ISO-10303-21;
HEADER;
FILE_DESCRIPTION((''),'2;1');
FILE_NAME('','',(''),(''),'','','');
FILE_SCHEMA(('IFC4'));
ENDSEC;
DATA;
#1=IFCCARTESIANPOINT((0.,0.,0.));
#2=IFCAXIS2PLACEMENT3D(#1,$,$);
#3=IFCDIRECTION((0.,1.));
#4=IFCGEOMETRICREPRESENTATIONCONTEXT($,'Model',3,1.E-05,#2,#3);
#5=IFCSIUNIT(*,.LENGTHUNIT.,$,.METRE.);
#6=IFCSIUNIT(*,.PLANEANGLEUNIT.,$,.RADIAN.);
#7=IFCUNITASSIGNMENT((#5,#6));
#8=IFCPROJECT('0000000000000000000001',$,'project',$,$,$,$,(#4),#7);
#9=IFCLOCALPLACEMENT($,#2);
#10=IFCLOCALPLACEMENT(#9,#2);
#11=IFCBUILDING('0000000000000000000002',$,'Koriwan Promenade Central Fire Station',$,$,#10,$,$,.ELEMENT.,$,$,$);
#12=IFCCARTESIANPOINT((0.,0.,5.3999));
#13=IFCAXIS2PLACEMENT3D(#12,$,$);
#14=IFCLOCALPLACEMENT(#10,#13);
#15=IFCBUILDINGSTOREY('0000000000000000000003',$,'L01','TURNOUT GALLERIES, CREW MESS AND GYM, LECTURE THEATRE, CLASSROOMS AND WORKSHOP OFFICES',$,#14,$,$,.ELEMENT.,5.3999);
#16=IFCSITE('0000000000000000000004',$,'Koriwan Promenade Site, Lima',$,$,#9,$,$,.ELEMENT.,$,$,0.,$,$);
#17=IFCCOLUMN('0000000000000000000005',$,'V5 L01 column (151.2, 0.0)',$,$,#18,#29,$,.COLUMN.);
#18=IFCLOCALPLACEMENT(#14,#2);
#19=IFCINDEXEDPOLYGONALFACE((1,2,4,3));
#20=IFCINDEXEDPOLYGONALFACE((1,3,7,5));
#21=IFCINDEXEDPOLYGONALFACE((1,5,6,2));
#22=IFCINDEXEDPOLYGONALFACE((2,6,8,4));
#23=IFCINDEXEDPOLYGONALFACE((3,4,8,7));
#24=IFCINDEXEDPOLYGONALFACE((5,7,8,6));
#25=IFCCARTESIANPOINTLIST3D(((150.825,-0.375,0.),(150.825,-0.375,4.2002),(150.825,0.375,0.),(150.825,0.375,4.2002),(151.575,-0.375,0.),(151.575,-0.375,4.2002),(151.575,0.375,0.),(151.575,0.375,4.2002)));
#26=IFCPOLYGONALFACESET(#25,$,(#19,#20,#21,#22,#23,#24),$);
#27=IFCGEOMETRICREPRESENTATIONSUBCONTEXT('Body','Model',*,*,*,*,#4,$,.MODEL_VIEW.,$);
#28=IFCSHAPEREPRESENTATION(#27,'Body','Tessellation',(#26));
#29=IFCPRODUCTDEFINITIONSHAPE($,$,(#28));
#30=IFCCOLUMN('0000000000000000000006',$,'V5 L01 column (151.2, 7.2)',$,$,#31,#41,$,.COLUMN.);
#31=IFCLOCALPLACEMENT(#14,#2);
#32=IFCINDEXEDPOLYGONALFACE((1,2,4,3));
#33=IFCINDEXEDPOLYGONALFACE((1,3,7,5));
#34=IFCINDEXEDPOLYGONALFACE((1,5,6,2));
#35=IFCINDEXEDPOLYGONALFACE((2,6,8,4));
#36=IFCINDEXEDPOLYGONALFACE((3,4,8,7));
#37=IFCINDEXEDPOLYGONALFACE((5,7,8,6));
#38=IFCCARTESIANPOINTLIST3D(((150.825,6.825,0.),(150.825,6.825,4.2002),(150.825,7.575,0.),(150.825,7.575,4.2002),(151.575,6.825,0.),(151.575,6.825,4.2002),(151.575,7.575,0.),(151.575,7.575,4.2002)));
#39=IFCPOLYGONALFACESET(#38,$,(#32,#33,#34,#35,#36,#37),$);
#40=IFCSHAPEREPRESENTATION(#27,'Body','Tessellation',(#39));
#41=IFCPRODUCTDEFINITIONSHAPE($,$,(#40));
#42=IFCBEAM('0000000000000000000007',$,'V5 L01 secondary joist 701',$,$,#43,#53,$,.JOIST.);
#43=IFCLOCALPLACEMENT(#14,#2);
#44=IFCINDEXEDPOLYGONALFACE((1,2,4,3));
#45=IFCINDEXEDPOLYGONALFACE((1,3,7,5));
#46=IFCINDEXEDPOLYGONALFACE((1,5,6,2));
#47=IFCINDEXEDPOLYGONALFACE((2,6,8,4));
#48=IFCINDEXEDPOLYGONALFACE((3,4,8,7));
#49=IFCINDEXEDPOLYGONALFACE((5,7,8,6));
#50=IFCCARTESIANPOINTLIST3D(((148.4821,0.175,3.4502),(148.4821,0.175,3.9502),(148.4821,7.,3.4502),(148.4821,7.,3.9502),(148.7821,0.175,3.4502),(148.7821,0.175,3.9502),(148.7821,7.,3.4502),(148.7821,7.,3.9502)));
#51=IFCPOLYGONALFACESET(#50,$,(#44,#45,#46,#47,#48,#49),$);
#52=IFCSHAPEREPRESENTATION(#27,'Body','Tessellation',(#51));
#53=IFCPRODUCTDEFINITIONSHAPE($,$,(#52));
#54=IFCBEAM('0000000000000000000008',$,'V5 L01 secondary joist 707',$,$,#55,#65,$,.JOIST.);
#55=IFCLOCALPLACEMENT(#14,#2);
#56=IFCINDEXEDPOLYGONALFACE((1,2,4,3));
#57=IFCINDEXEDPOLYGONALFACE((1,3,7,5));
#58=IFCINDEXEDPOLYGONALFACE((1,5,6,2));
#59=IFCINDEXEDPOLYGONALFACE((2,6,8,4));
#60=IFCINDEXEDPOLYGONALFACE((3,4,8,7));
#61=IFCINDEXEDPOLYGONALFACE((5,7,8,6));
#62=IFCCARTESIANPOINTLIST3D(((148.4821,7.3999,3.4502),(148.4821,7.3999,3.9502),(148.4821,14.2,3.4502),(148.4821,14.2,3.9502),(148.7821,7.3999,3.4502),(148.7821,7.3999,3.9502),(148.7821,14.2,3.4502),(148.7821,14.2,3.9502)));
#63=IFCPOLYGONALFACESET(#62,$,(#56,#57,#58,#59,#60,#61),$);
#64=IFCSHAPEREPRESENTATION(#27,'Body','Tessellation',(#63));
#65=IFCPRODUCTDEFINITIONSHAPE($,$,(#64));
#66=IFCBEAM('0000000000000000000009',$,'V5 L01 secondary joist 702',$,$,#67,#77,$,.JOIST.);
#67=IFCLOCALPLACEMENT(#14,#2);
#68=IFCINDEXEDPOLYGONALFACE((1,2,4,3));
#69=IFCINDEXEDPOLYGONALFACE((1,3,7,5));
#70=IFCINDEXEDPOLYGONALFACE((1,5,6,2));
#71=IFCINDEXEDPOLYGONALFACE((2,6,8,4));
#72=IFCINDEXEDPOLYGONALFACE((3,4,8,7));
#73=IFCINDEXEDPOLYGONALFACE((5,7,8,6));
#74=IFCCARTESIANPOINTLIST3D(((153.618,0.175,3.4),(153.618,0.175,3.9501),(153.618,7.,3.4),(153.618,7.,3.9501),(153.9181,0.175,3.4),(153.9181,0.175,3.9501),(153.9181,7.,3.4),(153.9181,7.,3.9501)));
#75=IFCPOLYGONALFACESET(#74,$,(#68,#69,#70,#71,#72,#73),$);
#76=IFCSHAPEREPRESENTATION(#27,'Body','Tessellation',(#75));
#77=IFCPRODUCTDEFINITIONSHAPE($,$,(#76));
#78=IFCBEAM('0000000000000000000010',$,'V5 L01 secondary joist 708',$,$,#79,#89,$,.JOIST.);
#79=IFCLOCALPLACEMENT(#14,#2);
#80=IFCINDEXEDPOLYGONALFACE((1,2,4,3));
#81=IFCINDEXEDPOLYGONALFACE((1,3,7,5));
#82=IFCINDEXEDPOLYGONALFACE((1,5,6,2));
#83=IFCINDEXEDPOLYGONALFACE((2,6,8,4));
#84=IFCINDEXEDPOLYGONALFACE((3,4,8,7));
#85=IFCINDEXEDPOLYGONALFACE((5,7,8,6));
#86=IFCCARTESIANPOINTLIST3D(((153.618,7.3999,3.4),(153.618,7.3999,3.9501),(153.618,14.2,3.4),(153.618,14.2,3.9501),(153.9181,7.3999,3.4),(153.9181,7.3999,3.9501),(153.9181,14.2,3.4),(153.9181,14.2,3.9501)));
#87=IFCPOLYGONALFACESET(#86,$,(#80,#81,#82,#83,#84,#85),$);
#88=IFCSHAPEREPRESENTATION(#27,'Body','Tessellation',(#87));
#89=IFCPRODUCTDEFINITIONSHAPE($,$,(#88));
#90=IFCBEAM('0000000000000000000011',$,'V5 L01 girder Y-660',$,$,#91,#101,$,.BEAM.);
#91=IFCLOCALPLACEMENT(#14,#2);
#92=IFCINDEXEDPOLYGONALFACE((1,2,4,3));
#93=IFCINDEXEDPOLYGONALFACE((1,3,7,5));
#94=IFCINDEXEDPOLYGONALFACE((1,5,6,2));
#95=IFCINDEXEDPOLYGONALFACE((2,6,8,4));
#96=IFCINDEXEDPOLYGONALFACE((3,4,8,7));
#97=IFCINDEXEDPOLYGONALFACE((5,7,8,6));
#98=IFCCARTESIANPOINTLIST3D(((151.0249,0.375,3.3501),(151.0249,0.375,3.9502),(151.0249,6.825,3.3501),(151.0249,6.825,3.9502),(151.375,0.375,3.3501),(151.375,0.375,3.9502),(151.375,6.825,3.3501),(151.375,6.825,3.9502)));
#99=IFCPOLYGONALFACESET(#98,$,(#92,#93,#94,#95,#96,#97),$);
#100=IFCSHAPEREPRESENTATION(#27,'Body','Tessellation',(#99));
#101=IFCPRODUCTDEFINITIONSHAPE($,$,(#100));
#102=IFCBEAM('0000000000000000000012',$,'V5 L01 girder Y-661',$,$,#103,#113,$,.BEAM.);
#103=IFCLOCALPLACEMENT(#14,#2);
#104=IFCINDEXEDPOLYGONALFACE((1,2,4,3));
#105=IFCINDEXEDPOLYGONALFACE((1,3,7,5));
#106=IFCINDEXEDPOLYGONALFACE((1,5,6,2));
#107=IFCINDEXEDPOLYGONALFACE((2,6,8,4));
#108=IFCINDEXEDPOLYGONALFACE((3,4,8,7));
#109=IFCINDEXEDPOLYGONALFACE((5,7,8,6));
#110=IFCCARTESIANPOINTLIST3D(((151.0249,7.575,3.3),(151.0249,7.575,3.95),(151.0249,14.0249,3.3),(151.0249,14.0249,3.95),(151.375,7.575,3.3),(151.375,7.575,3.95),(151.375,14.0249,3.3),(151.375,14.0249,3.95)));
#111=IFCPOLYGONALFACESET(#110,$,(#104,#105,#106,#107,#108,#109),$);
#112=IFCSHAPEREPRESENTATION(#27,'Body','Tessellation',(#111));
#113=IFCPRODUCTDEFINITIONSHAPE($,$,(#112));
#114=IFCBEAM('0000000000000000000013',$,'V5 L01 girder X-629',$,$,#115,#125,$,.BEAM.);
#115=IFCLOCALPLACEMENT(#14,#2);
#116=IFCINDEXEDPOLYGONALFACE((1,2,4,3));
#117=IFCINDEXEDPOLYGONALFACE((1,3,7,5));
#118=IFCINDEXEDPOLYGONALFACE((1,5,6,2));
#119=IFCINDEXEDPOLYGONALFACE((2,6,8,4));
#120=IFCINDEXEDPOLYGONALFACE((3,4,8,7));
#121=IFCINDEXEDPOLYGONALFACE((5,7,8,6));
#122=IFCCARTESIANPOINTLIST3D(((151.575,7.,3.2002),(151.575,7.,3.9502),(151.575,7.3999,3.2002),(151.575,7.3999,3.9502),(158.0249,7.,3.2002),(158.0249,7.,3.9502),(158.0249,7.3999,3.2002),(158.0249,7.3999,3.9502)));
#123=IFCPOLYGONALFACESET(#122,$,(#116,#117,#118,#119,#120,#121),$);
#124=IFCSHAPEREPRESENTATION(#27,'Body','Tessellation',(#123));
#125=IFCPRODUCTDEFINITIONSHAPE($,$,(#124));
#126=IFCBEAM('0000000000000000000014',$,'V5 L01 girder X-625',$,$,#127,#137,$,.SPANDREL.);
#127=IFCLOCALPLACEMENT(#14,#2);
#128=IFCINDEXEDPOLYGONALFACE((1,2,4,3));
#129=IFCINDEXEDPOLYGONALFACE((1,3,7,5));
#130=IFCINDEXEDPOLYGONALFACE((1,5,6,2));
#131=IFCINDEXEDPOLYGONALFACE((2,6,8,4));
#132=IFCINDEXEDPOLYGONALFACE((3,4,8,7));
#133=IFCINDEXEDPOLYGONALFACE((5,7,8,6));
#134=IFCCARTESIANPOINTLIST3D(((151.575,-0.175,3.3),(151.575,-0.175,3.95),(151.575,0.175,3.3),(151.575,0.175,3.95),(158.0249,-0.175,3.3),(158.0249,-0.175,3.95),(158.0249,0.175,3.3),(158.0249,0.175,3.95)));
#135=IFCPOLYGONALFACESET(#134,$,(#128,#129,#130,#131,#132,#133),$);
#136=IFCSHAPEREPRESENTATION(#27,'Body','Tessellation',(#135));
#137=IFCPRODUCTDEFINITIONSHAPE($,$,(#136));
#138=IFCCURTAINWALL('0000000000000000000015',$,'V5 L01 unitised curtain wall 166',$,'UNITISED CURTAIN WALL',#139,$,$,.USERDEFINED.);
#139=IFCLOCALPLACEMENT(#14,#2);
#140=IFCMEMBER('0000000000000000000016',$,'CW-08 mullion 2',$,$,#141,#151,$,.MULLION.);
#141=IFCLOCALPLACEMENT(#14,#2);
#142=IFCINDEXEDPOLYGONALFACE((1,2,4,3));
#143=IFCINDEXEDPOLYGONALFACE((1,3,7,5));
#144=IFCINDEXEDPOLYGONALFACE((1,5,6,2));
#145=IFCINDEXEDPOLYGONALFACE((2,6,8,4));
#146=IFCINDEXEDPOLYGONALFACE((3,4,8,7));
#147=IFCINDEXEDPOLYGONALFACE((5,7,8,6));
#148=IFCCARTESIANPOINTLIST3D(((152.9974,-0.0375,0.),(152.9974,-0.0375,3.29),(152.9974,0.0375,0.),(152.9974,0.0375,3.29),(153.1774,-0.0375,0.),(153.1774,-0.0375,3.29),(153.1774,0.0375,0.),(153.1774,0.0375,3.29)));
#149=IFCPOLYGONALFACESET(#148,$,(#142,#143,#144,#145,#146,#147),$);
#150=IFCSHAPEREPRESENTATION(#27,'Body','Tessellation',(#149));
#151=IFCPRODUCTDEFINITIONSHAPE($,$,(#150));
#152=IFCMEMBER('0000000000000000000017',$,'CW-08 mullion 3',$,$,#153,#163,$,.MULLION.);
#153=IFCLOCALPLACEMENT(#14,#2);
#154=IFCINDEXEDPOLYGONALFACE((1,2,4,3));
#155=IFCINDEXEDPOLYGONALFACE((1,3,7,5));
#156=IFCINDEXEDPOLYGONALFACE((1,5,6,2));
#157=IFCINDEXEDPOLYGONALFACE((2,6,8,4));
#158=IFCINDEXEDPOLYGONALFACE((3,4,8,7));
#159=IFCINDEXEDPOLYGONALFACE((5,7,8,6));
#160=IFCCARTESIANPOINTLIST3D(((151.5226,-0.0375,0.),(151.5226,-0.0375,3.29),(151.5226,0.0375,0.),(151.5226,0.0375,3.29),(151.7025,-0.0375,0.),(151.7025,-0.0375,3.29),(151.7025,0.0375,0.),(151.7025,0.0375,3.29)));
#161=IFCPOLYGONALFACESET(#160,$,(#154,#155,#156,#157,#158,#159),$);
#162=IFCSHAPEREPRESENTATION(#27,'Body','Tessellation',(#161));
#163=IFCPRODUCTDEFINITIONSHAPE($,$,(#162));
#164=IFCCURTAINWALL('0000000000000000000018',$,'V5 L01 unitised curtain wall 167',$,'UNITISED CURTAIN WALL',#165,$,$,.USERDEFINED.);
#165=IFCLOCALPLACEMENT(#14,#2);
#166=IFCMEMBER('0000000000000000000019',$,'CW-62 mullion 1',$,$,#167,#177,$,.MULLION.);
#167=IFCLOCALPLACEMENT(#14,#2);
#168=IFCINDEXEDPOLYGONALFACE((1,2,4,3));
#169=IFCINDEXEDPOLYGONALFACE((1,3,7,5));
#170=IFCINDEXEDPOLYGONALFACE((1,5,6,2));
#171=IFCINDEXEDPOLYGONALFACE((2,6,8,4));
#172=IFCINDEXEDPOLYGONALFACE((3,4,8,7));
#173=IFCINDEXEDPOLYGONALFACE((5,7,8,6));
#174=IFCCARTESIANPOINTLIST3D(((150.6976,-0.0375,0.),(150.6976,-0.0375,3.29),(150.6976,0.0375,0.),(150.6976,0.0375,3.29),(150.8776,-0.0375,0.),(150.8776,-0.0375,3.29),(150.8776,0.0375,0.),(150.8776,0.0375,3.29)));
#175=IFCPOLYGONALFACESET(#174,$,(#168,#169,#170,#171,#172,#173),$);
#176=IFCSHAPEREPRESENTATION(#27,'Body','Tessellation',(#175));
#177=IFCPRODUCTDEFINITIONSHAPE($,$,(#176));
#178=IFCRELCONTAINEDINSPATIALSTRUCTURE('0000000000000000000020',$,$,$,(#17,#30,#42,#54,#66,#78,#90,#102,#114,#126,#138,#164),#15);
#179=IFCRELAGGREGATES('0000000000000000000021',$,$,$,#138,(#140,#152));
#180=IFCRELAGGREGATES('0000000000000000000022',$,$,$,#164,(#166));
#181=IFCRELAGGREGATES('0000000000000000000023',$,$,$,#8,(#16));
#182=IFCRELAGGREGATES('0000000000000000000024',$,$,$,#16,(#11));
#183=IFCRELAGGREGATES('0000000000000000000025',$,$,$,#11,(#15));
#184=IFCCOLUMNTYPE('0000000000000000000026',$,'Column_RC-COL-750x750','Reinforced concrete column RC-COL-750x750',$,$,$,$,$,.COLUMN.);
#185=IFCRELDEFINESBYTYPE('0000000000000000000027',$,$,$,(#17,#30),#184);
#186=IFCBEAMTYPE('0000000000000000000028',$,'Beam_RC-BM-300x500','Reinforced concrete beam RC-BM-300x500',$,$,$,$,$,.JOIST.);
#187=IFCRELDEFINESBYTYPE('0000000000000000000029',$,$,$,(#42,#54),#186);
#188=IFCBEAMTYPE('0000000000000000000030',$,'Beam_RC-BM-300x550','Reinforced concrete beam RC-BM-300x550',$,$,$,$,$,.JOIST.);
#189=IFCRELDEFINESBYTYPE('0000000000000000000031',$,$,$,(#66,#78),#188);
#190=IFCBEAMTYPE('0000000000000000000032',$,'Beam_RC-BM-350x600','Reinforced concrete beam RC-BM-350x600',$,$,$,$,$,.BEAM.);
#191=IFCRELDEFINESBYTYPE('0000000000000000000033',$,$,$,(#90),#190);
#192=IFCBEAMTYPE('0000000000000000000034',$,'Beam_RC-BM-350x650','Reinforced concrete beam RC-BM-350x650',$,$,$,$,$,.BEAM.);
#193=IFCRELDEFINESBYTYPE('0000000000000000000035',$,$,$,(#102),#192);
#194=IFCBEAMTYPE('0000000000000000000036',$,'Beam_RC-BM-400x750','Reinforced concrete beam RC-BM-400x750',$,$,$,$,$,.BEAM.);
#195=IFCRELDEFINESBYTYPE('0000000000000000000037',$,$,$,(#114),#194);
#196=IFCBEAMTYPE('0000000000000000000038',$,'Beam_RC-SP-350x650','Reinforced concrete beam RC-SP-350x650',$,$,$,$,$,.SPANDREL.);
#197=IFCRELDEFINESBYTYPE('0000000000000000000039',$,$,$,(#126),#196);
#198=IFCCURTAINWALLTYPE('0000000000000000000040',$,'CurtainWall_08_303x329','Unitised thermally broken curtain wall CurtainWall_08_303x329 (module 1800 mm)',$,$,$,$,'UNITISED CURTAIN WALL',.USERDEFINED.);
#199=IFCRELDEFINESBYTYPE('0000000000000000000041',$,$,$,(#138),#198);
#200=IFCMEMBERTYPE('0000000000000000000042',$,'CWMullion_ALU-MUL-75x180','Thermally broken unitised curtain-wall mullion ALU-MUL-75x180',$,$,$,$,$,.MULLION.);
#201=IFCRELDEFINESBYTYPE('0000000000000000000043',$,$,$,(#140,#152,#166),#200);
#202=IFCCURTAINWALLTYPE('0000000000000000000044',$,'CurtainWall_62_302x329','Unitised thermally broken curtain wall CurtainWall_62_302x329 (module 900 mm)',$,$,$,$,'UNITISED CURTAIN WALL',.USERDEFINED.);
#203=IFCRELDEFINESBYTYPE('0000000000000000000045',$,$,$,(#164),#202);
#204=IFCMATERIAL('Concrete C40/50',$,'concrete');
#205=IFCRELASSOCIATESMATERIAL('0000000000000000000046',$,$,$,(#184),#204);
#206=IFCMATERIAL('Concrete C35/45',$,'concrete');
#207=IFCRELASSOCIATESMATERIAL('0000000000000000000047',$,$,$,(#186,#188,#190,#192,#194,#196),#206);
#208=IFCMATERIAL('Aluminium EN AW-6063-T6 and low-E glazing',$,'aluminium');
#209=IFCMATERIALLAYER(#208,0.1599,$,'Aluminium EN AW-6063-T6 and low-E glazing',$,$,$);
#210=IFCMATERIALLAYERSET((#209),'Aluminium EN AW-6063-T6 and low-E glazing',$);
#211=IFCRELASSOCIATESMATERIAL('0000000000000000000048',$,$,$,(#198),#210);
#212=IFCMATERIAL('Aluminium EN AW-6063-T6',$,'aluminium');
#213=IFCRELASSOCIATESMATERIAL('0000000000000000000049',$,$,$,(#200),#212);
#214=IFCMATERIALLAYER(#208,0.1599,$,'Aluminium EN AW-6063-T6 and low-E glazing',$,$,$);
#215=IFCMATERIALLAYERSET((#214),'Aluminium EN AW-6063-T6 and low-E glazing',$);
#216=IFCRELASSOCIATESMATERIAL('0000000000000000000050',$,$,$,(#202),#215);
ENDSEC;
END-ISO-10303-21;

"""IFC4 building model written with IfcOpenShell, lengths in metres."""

from ifc_helpers import new_model, si_unit, direction, frame, origin, origin_2d, place, context, subcontext, project, spatial, rectangle, extrude, material, layer, layer_set, material_profile, profile_set, type_object, element, aggregate, save


model = new_model("IFC4")

# Units and contexts
model_context = context("Model", 3, precision=1e-05, world=origin(), true_north=direction((0.0, 1.0)))
body_context = subcontext(model_context, "Body", "Model", "MODEL_VIEW")
ifc_project = project(units=[si_unit("LENGTHUNIT", "METRE"), si_unit("PLANEANGLEUNIT", "RADIAN")], contexts=[model_context])

# Site, building, storey
site_placement = place(None, origin())
site = spatial("IfcSite", under=ifc_project, at=site_placement, Name="Koriwan Promenade Site, Lima", CompositionType="ELEMENT", RefElevation=0.0)
building_placement = place(site_placement, origin())
building = spatial("IfcBuilding", under=site, at=building_placement, Name="Koriwan Promenade Central Fire Station", CompositionType="ELEMENT")
storey_placement = place(building_placement, frame((0.0, 0.0, 5.3999)))
storey = spatial("IfcBuildingStorey", under=building, at=storey_placement, Name="L01", Description="TURNOUT GALLERIES, CREW MESS AND GYM, LECTURE THEATRE, CLASSROOMS AND WORKSHOP OFFICES", CompositionType="ELEMENT", Elevation=5.3999)

# Columns
ifc_material_1 = material(Name="Concrete C40/50", Category="concrete")
ifc_material_profile_1 = material_profile(ifc_material_1, rectangle(XDim=0.75, YDim=0.75, at=origin_2d()), Name="RC-COL-750x750")
ifc_profile_set_1 = profile_set([ifc_material_profile_1], Name="Concrete C40/50")
column_type = type_object("IfcColumnType", Name="Column_RC-COL-750x750", Description="Reinforced concrete column RC-COL-750x750", PredefinedType="COLUMN", material=ifc_profile_set_1)
for number, where, z_axis, x_axis, name in (
    (1, (151.2, 0.0, 0.0), (0.0, 0.0, 1.0), (1.0, 0.0, 0.0), "V5 L01 column (151.2, 0.0)"),
    (2, (151.2, 7.2, 0.0), (0.0, 0.0, 1.0), (1.0, 0.0, 0.0), "V5 L01 column (151.2, 7.2)"),
):
    element("IfcColumn", number, at=place(storey_placement, frame(where, z_axis=z_axis, x_axis=x_axis)), inside=storey, type_object=column_type, Name=name, PredefinedType="COLUMN", context=body_context, shape_type="SweptSolid", body=[
        extrude(rectangle(XDim=0.75, YDim=0.75, at=origin_2d()), origin(), (0.0, 0.0, 1.0), 4.2002),
    ])

# Beams
ifc_material_2 = material(Name="Concrete C35/45", Category="concrete")
ifc_material_profile_2 = material_profile(ifc_material_2, rectangle(XDim=0.3, YDim=0.5, at=origin_2d()), Name="RC-BM-300x500")
ifc_profile_set_2 = profile_set([ifc_material_profile_2], Name="Concrete C35/45")
beam_type_1 = type_object("IfcBeamType", Name="Beam_RC-BM-300x500", Description="Reinforced concrete beam RC-BM-300x500", PredefinedType="JOIST", material=ifc_profile_set_2)
beam_1_placement = place(storey_placement, frame((148.6321, 0.175, 3.7002), z_axis=(0.0, 1.0, 0.0), x_axis=(-1.0, 0.0, 0.0)))
element("IfcBeam", 3, at=beam_1_placement, inside=storey, type_object=beam_type_1, Name="V5 L01 secondary joist 701", PredefinedType="JOIST", context=body_context, shape_type="SweptSolid", body=[
    extrude(rectangle(XDim=0.3, YDim=0.5, at=origin_2d()), origin(), (0.0, 0.0, 1.0), 6.825),
])
beam_2_placement = place(storey_placement, frame((148.6321, 7.3999, 3.7002), z_axis=(0.0, 1.0, 0.0), x_axis=(-1.0, 0.0, 0.0)))
element("IfcBeam", 4, at=beam_2_placement, inside=storey, type_object=beam_type_1, Name="V5 L01 secondary joist 707", PredefinedType="JOIST", context=body_context, shape_type="SweptSolid", body=[
    extrude(rectangle(XDim=0.3, YDim=0.5, at=origin_2d()), origin(), (0.0, 0.0, 1.0), 6.8),
])
ifc_material_profile_3 = material_profile(ifc_material_2, rectangle(XDim=0.3, YDim=0.55, at=origin_2d()), Name="RC-BM-300x550")
ifc_profile_set_3 = profile_set([ifc_material_profile_3], Name="Concrete C35/45")
beam_type_2 = type_object("IfcBeamType", Name="Beam_RC-BM-300x550", Description="Reinforced concrete beam RC-BM-300x550", PredefinedType="JOIST", material=ifc_profile_set_3)
beam_3_placement = place(storey_placement, frame((153.7681, 0.175, 3.675), z_axis=(0.0, 1.0, 0.0), x_axis=(-1.0, 0.0, 0.0)))
element("IfcBeam", 5, at=beam_3_placement, inside=storey, type_object=beam_type_2, Name="V5 L01 secondary joist 702", PredefinedType="JOIST", context=body_context, shape_type="SweptSolid", body=[
    extrude(rectangle(XDim=0.3, YDim=0.55, at=origin_2d()), origin(), (0.0, 0.0, 1.0), 6.825),
])
beam_4_placement = place(storey_placement, frame((153.7681, 7.3999, 3.675), z_axis=(0.0, 1.0, 0.0), x_axis=(-1.0, 0.0, 0.0)))
element("IfcBeam", 6, at=beam_4_placement, inside=storey, type_object=beam_type_2, Name="V5 L01 secondary joist 708", PredefinedType="JOIST", context=body_context, shape_type="SweptSolid", body=[
    extrude(rectangle(XDim=0.3, YDim=0.55, at=origin_2d()), origin(), (0.0, 0.0, 1.0), 6.8),
])
ifc_material_profile_4 = material_profile(ifc_material_2, rectangle(XDim=0.3501, YDim=0.6001, at=origin_2d()), Name="RC-BM-350x600")
ifc_profile_set_4 = profile_set([ifc_material_profile_4], Name="Concrete C35/45")
beam_type_3 = type_object("IfcBeamType", Name="Beam_RC-BM-350x600", Description="Reinforced concrete beam RC-BM-350x600", PredefinedType="BEAM", material=ifc_profile_set_4)
beam_5_placement = place(storey_placement, frame((151.2, 0.375, 3.6501), z_axis=(0.0, 1.0, 0.0), x_axis=(-1.0, 0.0, 0.0)))
element("IfcBeam", 7, at=beam_5_placement, inside=storey, type_object=beam_type_3, Name="V5 L01 girder Y-660", PredefinedType="BEAM", context=body_context, shape_type="SweptSolid", body=[
    extrude(rectangle(XDim=0.3501, YDim=0.6001, at=origin_2d()), origin(), (0.0, 0.0, 1.0), 6.45),
])
ifc_material_profile_5 = material_profile(ifc_material_2, rectangle(XDim=0.3501, YDim=0.6499, at=origin_2d()), Name="RC-BM-350x650")
ifc_profile_set_5 = profile_set([ifc_material_profile_5], Name="Concrete C35/45")
beam_type_4 = type_object("IfcBeamType", Name="Beam_RC-BM-350x650", Description="Reinforced concrete beam RC-BM-350x650", PredefinedType="BEAM", material=ifc_profile_set_5)
beam_6_placement = place(storey_placement, frame((151.2, 7.575, 3.625), z_axis=(0.0, 1.0, 0.0), x_axis=(-1.0, 0.0, 0.0)))
element("IfcBeam", 8, at=beam_6_placement, inside=storey, type_object=beam_type_4, Name="V5 L01 girder Y-661", PredefinedType="BEAM", context=body_context, shape_type="SweptSolid", body=[
    extrude(rectangle(XDim=0.3501, YDim=0.6499, at=origin_2d()), origin(), (0.0, 0.0, 1.0), 6.45),
])
ifc_material_profile_6 = material_profile(ifc_material_2, rectangle(XDim=0.3999, YDim=0.75, at=origin_2d()), Name="RC-BM-400x750")
ifc_profile_set_6 = profile_set([ifc_material_profile_6], Name="Concrete C35/45")
beam_type_5 = type_object("IfcBeamType", Name="Beam_RC-BM-400x750", Description="Reinforced concrete beam RC-BM-400x750", PredefinedType="BEAM", material=ifc_profile_set_6)
beam_7_placement = place(storey_placement, frame((151.575, 7.2, 3.5752), z_axis=(1.0, 0.0, 0.0), x_axis=(0.0, 1.0, 0.0)))
element("IfcBeam", 9, at=beam_7_placement, inside=storey, type_object=beam_type_5, Name="V5 L01 girder X-629", PredefinedType="BEAM", context=body_context, shape_type="SweptSolid", body=[
    extrude(rectangle(XDim=0.3999, YDim=0.75, at=origin_2d()), origin(), (0.0, 0.0, 1.0), 6.45),
])
ifc_material_profile_7 = material_profile(ifc_material_2, rectangle(XDim=0.3501, YDim=0.6499, at=origin_2d()), Name="RC-SP-350x650")
ifc_profile_set_7 = profile_set([ifc_material_profile_7], Name="Concrete C35/45")
beam_type_6 = type_object("IfcBeamType", Name="Beam_RC-SP-350x650", Description="Reinforced concrete beam RC-SP-350x650", PredefinedType="SPANDREL", material=ifc_profile_set_7)
beam_8_placement = place(storey_placement, frame((151.575, 0.0, 3.625), z_axis=(1.0, 0.0, 0.0), x_axis=(0.0, 1.0, 0.0)))
element("IfcBeam", 10, at=beam_8_placement, inside=storey, type_object=beam_type_6, Name="V5 L01 girder X-625", PredefinedType="SPANDREL", context=body_context, shape_type="SweptSolid", body=[
    extrude(rectangle(XDim=0.3501, YDim=0.6499, at=origin_2d()), origin(), (0.0, 0.0, 1.0), 6.45),
])

# Curtain wall, members
ifc_material_3 = material(Name="Aluminium EN AW-6063-T6 and low-E glazing", Category="aluminium")
ifc_layer_1 = layer(ifc_material_3, 0.1599, Name="Aluminium EN AW-6063-T6 and low-E glazing")
ifc_layer_set_1 = layer_set([ifc_layer_1], Name="Aluminium EN AW-6063-T6 and low-E glazing")
curtain_wall_type_1 = type_object("IfcCurtainWallType", Name="CurtainWall_08_303x329", Description="Unitised thermally broken curtain wall CurtainWall_08_303x329 (module 1800 mm)", ElementType="UNITISED CURTAIN WALL", PredefinedType="USERDEFINED", material=ifc_layer_set_1)
curtain_wall_1_placement = place(storey_placement, origin())
curtain_wall_1 = element("IfcCurtainWall", 11, at=curtain_wall_1_placement, inside=storey, type_object=curtain_wall_type_1, Name="V5 L01 unitised curtain wall 166", ObjectType="UNITISED CURTAIN WALL", PredefinedType="USERDEFINED")
ifc_material_4 = material(Name="Aluminium EN AW-6063-T6", Category="aluminium")
ifc_material_profile_8 = material_profile(ifc_material_4, rectangle(XDim=0.075, YDim=0.1799, at=origin_2d()), Name="ALU-MUL-75x180")
ifc_profile_set_8 = profile_set([ifc_material_profile_8], Name="Aluminium EN AW-6063-T6")
member_type_1 = type_object("IfcMemberType", Name="CWMullion_ALU-MUL-75x180", Description="Thermally broken unitised curtain-wall mullion ALU-MUL-75x180", PredefinedType="MULLION", material=ifc_profile_set_8)
member_1_placement = place(storey_placement, frame((153.0874, 0.0, 0.0), z_axis=(0.0, 0.0, 1.0), x_axis=(0.0, -1.0, 0.0)))
member_1 = element("IfcMember", 12, at=member_1_placement, type_object=member_type_1, Name="CW-08 mullion 2", PredefinedType="MULLION", context=body_context, shape_type="SweptSolid", body=[
    extrude(rectangle(XDim=0.075, YDim=0.1799, at=origin_2d()), origin(), (0.0, 0.0, 1.0), 3.29),
])
member_2_placement = place(storey_placement, frame((151.6125, 0.0, 0.0), z_axis=(0.0, 0.0, 1.0), x_axis=(0.0, -1.0, 0.0)))
member_2 = element("IfcMember", 13, at=member_2_placement, type_object=member_type_1, Name="CW-08 mullion 3", PredefinedType="MULLION", context=body_context, shape_type="SweptSolid", body=[
    extrude(rectangle(XDim=0.075, YDim=0.1799, at=origin_2d()), origin(), (0.0, 0.0, 1.0), 3.29),
])

# Curtain wall, member
ifc_layer_2 = layer(ifc_material_3, 0.1599, Name="Aluminium EN AW-6063-T6 and low-E glazing")
ifc_layer_set_2 = layer_set([ifc_layer_2], Name="Aluminium EN AW-6063-T6 and low-E glazing")
curtain_wall_type_2 = type_object("IfcCurtainWallType", Name="CurtainWall_62_302x329", Description="Unitised thermally broken curtain wall CurtainWall_62_302x329 (module 900 mm)", ElementType="UNITISED CURTAIN WALL", PredefinedType="USERDEFINED", material=ifc_layer_set_2)
curtain_wall_2_placement = place(storey_placement, origin())
curtain_wall_2 = element("IfcCurtainWall", 14, at=curtain_wall_2_placement, inside=storey, type_object=curtain_wall_type_2, Name="V5 L01 unitised curtain wall 167", ObjectType="UNITISED CURTAIN WALL", PredefinedType="USERDEFINED")
member_3_placement = place(storey_placement, frame((150.7876, 0.0, 0.0), z_axis=(0.0, 0.0, 1.0), x_axis=(0.0, -1.0, 0.0)))
member_3 = element("IfcMember", 15, at=member_3_placement, type_object=member_type_1, Name="CW-62 mullion 1", PredefinedType="MULLION", context=body_context, shape_type="SweptSolid", body=[
    extrude(rectangle(XDim=0.075, YDim=0.1799, at=origin_2d()), origin(), (0.0, 0.0, 1.0), 3.29),
])

aggregate(curtain_wall_1, [member_1, member_2])
aggregate(curtain_wall_2, [member_3])

save(model, "model.ifc")
